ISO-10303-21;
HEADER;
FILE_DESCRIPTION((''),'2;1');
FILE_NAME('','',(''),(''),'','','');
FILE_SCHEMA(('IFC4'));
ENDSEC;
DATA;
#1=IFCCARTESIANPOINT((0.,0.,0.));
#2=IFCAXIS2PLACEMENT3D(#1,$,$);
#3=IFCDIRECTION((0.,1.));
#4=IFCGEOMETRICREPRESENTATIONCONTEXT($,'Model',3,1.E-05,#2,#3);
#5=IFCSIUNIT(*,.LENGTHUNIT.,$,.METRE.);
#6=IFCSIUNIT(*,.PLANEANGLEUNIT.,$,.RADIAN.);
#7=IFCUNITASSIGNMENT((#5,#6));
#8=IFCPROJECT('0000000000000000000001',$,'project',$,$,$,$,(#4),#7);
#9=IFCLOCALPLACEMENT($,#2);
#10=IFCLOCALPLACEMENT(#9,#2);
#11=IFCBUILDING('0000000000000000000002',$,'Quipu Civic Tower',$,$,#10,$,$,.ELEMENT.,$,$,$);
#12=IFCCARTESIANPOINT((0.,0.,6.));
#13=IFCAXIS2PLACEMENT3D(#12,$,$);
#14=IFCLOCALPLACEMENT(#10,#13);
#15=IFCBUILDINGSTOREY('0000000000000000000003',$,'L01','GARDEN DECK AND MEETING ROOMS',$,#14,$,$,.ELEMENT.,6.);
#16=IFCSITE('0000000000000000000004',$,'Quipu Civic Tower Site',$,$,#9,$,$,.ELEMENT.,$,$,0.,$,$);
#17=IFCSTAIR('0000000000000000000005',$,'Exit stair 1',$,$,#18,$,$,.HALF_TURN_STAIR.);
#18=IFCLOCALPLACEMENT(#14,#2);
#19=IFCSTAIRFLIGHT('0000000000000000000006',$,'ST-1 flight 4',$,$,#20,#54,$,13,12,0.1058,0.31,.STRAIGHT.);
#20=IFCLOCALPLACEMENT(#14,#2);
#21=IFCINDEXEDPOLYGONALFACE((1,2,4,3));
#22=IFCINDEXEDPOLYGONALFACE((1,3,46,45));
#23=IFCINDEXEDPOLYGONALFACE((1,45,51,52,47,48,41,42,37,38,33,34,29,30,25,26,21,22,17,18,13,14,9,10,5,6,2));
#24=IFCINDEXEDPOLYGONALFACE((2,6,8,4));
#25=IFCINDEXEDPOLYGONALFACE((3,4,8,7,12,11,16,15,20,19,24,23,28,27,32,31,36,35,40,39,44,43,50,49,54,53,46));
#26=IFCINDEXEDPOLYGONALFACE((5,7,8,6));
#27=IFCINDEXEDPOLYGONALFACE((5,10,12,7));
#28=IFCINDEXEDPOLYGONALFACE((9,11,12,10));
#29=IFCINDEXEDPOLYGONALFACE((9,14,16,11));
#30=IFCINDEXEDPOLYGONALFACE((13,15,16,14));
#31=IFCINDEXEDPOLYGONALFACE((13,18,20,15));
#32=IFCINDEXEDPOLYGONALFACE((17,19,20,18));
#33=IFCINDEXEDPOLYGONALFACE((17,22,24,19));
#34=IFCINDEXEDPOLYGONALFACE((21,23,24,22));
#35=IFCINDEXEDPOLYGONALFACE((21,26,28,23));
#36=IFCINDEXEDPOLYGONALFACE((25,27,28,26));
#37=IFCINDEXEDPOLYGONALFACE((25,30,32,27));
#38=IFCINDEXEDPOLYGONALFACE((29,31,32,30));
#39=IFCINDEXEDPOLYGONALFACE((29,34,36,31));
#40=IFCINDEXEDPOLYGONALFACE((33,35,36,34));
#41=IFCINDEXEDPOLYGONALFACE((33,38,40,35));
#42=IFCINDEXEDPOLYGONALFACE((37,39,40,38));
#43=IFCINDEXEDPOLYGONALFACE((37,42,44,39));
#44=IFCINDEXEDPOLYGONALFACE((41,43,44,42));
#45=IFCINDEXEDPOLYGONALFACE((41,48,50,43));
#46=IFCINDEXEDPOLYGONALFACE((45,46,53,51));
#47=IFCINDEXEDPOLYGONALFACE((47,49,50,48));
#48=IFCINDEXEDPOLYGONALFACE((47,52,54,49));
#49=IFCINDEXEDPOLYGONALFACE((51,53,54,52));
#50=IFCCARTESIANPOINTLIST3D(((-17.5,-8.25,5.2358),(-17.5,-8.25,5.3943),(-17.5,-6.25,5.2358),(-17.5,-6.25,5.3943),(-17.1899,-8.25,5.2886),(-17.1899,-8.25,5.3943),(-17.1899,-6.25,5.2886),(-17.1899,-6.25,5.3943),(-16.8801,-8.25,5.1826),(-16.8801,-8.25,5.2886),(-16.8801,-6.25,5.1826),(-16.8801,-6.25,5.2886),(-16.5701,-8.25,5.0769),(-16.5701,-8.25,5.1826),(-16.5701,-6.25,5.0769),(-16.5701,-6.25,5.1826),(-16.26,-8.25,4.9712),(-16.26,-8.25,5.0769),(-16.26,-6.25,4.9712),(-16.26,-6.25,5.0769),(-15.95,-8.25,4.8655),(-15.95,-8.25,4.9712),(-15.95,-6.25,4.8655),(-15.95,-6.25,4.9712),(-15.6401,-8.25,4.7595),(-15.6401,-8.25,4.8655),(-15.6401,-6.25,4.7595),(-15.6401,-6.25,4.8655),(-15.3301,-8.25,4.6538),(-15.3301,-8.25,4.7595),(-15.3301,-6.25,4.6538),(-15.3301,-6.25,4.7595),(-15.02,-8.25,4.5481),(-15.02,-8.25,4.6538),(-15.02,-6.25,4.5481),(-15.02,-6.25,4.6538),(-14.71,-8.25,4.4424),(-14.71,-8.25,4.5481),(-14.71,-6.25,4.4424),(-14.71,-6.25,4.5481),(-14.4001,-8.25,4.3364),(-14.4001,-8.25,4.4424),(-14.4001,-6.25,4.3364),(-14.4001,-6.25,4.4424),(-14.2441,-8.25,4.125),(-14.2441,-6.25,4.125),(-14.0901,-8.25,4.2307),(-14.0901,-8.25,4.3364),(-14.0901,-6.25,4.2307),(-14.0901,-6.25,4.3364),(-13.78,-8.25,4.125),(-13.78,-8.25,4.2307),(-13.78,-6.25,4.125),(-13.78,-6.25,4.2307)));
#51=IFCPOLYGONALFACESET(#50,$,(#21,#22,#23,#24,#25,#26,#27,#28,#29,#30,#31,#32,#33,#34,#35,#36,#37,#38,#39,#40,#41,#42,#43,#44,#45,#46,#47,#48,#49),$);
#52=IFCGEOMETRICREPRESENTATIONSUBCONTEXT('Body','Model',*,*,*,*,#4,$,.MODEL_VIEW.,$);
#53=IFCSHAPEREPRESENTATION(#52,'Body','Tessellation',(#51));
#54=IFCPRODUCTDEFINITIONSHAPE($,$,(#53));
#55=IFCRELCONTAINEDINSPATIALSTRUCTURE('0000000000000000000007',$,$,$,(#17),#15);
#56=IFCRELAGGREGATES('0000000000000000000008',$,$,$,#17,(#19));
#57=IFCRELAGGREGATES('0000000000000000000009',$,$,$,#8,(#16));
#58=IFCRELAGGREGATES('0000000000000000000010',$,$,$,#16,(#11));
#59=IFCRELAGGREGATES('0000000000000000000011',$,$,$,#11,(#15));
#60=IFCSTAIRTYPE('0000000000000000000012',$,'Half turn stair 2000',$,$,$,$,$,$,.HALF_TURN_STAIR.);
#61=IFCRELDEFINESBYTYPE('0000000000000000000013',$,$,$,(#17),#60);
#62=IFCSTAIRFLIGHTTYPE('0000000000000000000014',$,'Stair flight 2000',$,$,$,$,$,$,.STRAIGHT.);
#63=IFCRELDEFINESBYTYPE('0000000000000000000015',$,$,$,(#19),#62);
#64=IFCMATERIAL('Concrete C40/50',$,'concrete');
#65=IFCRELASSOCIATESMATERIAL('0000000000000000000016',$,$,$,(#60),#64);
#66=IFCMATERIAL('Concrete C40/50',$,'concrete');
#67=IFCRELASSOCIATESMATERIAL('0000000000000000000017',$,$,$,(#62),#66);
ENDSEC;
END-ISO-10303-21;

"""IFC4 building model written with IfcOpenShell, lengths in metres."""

from ifc_helpers import new_model, si_unit, direction, frame, origin, place, context, subcontext, project, spatial, polyline, outline, extrude, material, type_object, element, aggregate, save


model = new_model("IFC4")

# Units and contexts
model_context = context("Model", 3, precision=1e-05, world=origin(), true_north=direction((0.0, 1.0)))
body_context = subcontext(model_context, "Body", "Model", "MODEL_VIEW")
ifc_project = project(units=[si_unit("LENGTHUNIT", "METRE"), si_unit("PLANEANGLEUNIT", "RADIAN")], contexts=[model_context])

# Site, building, storey
site_placement = place(None, origin())
site = spatial("IfcSite", under=ifc_project, at=site_placement, Name="Quipu Civic Tower Site", CompositionType="ELEMENT", RefElevation=0.0)
building_placement = place(site_placement, origin())
building = spatial("IfcBuilding", under=site, at=building_placement, Name="Quipu Civic Tower", CompositionType="ELEMENT")
storey_placement = place(building_placement, frame((0.0, 0.0, 6.0)))
storey = spatial("IfcBuildingStorey", under=building, at=storey_placement, Name="L01", Description="GARDEN DECK AND MEETING ROOMS", CompositionType="ELEMENT", Elevation=6.0)

# Stair, stair flight
ifc_material_1 = material(Name="Concrete C40/50", Category="concrete")
stair_type = type_object("IfcStairType", Name="Half turn stair 2000", PredefinedType="HALF_TURN_STAIR", material=ifc_material_1)
stair_placement = place(storey_placement, origin())
stair = element("IfcStair", 1, at=stair_placement, inside=storey, type_object=stair_type, Name="Exit stair 1", PredefinedType="HALF_TURN_STAIR")
ifc_material_2 = material(Name="Concrete C40/50", Category="concrete")
stair_flight_type = type_object("IfcStairFlightType", Name="Stair flight 2000", PredefinedType="STRAIGHT", material=ifc_material_2)
stair_flight_1_placement = place(storey_placement, frame((-13.78, -7.25, 4.125), z_axis=(0.0, 0.0, 1.0), x_axis=(-1.0, 0.0, 0.0)))
stair_flight_1 = element("IfcStairFlight", 2, at=stair_flight_1_placement, type_object=stair_flight_type, Name="ST-1 flight 4", NumberOfRisers=13, NumberOfTreads=12, PredefinedType="STRAIGHT", RiserHeight=0.1058, TreadLength=0.31, context=body_context, shape_type="SweptSolid", body=[
    extrude(outline(polyline([(0.0, 0.0), (0.0, 0.1057), (0.3101, 0.1057), (0.3101, 0.2114), (0.6201, 0.2114), (0.6201, 0.3174), (0.9299, 0.3174), (0.9299, 0.4231), (1.24, 0.4231), (1.24, 0.5288), (1.55, 0.5288), (1.55, 0.6345), (1.8601, 0.6345), (1.8601, 0.7405), (2.1699, 0.7405), (2.1699, 0.8462), (2.48, 0.8462), (2.48, 0.9519), (2.79, 0.9519), (2.79, 1.0576), (3.1001, 1.0576), (3.1001, 1.1636), (3.4099, 1.1636), (3.4099, 1.2693), (3.72, 1.2693), (3.72, 1.375), (3.72, 1.1108), (0.4641, 0.0), (0.0, 0.0)])), frame((0.0, 1.0, 0.0), z_axis=(0.0, -1.0, 0.0), x_axis=(1.0, 0.0, 0.0)), (0.0, 0.0, 1.0), 2.0),
])
aggregate(stair, [stair_flight_1])

save(model, "model.ifc")
